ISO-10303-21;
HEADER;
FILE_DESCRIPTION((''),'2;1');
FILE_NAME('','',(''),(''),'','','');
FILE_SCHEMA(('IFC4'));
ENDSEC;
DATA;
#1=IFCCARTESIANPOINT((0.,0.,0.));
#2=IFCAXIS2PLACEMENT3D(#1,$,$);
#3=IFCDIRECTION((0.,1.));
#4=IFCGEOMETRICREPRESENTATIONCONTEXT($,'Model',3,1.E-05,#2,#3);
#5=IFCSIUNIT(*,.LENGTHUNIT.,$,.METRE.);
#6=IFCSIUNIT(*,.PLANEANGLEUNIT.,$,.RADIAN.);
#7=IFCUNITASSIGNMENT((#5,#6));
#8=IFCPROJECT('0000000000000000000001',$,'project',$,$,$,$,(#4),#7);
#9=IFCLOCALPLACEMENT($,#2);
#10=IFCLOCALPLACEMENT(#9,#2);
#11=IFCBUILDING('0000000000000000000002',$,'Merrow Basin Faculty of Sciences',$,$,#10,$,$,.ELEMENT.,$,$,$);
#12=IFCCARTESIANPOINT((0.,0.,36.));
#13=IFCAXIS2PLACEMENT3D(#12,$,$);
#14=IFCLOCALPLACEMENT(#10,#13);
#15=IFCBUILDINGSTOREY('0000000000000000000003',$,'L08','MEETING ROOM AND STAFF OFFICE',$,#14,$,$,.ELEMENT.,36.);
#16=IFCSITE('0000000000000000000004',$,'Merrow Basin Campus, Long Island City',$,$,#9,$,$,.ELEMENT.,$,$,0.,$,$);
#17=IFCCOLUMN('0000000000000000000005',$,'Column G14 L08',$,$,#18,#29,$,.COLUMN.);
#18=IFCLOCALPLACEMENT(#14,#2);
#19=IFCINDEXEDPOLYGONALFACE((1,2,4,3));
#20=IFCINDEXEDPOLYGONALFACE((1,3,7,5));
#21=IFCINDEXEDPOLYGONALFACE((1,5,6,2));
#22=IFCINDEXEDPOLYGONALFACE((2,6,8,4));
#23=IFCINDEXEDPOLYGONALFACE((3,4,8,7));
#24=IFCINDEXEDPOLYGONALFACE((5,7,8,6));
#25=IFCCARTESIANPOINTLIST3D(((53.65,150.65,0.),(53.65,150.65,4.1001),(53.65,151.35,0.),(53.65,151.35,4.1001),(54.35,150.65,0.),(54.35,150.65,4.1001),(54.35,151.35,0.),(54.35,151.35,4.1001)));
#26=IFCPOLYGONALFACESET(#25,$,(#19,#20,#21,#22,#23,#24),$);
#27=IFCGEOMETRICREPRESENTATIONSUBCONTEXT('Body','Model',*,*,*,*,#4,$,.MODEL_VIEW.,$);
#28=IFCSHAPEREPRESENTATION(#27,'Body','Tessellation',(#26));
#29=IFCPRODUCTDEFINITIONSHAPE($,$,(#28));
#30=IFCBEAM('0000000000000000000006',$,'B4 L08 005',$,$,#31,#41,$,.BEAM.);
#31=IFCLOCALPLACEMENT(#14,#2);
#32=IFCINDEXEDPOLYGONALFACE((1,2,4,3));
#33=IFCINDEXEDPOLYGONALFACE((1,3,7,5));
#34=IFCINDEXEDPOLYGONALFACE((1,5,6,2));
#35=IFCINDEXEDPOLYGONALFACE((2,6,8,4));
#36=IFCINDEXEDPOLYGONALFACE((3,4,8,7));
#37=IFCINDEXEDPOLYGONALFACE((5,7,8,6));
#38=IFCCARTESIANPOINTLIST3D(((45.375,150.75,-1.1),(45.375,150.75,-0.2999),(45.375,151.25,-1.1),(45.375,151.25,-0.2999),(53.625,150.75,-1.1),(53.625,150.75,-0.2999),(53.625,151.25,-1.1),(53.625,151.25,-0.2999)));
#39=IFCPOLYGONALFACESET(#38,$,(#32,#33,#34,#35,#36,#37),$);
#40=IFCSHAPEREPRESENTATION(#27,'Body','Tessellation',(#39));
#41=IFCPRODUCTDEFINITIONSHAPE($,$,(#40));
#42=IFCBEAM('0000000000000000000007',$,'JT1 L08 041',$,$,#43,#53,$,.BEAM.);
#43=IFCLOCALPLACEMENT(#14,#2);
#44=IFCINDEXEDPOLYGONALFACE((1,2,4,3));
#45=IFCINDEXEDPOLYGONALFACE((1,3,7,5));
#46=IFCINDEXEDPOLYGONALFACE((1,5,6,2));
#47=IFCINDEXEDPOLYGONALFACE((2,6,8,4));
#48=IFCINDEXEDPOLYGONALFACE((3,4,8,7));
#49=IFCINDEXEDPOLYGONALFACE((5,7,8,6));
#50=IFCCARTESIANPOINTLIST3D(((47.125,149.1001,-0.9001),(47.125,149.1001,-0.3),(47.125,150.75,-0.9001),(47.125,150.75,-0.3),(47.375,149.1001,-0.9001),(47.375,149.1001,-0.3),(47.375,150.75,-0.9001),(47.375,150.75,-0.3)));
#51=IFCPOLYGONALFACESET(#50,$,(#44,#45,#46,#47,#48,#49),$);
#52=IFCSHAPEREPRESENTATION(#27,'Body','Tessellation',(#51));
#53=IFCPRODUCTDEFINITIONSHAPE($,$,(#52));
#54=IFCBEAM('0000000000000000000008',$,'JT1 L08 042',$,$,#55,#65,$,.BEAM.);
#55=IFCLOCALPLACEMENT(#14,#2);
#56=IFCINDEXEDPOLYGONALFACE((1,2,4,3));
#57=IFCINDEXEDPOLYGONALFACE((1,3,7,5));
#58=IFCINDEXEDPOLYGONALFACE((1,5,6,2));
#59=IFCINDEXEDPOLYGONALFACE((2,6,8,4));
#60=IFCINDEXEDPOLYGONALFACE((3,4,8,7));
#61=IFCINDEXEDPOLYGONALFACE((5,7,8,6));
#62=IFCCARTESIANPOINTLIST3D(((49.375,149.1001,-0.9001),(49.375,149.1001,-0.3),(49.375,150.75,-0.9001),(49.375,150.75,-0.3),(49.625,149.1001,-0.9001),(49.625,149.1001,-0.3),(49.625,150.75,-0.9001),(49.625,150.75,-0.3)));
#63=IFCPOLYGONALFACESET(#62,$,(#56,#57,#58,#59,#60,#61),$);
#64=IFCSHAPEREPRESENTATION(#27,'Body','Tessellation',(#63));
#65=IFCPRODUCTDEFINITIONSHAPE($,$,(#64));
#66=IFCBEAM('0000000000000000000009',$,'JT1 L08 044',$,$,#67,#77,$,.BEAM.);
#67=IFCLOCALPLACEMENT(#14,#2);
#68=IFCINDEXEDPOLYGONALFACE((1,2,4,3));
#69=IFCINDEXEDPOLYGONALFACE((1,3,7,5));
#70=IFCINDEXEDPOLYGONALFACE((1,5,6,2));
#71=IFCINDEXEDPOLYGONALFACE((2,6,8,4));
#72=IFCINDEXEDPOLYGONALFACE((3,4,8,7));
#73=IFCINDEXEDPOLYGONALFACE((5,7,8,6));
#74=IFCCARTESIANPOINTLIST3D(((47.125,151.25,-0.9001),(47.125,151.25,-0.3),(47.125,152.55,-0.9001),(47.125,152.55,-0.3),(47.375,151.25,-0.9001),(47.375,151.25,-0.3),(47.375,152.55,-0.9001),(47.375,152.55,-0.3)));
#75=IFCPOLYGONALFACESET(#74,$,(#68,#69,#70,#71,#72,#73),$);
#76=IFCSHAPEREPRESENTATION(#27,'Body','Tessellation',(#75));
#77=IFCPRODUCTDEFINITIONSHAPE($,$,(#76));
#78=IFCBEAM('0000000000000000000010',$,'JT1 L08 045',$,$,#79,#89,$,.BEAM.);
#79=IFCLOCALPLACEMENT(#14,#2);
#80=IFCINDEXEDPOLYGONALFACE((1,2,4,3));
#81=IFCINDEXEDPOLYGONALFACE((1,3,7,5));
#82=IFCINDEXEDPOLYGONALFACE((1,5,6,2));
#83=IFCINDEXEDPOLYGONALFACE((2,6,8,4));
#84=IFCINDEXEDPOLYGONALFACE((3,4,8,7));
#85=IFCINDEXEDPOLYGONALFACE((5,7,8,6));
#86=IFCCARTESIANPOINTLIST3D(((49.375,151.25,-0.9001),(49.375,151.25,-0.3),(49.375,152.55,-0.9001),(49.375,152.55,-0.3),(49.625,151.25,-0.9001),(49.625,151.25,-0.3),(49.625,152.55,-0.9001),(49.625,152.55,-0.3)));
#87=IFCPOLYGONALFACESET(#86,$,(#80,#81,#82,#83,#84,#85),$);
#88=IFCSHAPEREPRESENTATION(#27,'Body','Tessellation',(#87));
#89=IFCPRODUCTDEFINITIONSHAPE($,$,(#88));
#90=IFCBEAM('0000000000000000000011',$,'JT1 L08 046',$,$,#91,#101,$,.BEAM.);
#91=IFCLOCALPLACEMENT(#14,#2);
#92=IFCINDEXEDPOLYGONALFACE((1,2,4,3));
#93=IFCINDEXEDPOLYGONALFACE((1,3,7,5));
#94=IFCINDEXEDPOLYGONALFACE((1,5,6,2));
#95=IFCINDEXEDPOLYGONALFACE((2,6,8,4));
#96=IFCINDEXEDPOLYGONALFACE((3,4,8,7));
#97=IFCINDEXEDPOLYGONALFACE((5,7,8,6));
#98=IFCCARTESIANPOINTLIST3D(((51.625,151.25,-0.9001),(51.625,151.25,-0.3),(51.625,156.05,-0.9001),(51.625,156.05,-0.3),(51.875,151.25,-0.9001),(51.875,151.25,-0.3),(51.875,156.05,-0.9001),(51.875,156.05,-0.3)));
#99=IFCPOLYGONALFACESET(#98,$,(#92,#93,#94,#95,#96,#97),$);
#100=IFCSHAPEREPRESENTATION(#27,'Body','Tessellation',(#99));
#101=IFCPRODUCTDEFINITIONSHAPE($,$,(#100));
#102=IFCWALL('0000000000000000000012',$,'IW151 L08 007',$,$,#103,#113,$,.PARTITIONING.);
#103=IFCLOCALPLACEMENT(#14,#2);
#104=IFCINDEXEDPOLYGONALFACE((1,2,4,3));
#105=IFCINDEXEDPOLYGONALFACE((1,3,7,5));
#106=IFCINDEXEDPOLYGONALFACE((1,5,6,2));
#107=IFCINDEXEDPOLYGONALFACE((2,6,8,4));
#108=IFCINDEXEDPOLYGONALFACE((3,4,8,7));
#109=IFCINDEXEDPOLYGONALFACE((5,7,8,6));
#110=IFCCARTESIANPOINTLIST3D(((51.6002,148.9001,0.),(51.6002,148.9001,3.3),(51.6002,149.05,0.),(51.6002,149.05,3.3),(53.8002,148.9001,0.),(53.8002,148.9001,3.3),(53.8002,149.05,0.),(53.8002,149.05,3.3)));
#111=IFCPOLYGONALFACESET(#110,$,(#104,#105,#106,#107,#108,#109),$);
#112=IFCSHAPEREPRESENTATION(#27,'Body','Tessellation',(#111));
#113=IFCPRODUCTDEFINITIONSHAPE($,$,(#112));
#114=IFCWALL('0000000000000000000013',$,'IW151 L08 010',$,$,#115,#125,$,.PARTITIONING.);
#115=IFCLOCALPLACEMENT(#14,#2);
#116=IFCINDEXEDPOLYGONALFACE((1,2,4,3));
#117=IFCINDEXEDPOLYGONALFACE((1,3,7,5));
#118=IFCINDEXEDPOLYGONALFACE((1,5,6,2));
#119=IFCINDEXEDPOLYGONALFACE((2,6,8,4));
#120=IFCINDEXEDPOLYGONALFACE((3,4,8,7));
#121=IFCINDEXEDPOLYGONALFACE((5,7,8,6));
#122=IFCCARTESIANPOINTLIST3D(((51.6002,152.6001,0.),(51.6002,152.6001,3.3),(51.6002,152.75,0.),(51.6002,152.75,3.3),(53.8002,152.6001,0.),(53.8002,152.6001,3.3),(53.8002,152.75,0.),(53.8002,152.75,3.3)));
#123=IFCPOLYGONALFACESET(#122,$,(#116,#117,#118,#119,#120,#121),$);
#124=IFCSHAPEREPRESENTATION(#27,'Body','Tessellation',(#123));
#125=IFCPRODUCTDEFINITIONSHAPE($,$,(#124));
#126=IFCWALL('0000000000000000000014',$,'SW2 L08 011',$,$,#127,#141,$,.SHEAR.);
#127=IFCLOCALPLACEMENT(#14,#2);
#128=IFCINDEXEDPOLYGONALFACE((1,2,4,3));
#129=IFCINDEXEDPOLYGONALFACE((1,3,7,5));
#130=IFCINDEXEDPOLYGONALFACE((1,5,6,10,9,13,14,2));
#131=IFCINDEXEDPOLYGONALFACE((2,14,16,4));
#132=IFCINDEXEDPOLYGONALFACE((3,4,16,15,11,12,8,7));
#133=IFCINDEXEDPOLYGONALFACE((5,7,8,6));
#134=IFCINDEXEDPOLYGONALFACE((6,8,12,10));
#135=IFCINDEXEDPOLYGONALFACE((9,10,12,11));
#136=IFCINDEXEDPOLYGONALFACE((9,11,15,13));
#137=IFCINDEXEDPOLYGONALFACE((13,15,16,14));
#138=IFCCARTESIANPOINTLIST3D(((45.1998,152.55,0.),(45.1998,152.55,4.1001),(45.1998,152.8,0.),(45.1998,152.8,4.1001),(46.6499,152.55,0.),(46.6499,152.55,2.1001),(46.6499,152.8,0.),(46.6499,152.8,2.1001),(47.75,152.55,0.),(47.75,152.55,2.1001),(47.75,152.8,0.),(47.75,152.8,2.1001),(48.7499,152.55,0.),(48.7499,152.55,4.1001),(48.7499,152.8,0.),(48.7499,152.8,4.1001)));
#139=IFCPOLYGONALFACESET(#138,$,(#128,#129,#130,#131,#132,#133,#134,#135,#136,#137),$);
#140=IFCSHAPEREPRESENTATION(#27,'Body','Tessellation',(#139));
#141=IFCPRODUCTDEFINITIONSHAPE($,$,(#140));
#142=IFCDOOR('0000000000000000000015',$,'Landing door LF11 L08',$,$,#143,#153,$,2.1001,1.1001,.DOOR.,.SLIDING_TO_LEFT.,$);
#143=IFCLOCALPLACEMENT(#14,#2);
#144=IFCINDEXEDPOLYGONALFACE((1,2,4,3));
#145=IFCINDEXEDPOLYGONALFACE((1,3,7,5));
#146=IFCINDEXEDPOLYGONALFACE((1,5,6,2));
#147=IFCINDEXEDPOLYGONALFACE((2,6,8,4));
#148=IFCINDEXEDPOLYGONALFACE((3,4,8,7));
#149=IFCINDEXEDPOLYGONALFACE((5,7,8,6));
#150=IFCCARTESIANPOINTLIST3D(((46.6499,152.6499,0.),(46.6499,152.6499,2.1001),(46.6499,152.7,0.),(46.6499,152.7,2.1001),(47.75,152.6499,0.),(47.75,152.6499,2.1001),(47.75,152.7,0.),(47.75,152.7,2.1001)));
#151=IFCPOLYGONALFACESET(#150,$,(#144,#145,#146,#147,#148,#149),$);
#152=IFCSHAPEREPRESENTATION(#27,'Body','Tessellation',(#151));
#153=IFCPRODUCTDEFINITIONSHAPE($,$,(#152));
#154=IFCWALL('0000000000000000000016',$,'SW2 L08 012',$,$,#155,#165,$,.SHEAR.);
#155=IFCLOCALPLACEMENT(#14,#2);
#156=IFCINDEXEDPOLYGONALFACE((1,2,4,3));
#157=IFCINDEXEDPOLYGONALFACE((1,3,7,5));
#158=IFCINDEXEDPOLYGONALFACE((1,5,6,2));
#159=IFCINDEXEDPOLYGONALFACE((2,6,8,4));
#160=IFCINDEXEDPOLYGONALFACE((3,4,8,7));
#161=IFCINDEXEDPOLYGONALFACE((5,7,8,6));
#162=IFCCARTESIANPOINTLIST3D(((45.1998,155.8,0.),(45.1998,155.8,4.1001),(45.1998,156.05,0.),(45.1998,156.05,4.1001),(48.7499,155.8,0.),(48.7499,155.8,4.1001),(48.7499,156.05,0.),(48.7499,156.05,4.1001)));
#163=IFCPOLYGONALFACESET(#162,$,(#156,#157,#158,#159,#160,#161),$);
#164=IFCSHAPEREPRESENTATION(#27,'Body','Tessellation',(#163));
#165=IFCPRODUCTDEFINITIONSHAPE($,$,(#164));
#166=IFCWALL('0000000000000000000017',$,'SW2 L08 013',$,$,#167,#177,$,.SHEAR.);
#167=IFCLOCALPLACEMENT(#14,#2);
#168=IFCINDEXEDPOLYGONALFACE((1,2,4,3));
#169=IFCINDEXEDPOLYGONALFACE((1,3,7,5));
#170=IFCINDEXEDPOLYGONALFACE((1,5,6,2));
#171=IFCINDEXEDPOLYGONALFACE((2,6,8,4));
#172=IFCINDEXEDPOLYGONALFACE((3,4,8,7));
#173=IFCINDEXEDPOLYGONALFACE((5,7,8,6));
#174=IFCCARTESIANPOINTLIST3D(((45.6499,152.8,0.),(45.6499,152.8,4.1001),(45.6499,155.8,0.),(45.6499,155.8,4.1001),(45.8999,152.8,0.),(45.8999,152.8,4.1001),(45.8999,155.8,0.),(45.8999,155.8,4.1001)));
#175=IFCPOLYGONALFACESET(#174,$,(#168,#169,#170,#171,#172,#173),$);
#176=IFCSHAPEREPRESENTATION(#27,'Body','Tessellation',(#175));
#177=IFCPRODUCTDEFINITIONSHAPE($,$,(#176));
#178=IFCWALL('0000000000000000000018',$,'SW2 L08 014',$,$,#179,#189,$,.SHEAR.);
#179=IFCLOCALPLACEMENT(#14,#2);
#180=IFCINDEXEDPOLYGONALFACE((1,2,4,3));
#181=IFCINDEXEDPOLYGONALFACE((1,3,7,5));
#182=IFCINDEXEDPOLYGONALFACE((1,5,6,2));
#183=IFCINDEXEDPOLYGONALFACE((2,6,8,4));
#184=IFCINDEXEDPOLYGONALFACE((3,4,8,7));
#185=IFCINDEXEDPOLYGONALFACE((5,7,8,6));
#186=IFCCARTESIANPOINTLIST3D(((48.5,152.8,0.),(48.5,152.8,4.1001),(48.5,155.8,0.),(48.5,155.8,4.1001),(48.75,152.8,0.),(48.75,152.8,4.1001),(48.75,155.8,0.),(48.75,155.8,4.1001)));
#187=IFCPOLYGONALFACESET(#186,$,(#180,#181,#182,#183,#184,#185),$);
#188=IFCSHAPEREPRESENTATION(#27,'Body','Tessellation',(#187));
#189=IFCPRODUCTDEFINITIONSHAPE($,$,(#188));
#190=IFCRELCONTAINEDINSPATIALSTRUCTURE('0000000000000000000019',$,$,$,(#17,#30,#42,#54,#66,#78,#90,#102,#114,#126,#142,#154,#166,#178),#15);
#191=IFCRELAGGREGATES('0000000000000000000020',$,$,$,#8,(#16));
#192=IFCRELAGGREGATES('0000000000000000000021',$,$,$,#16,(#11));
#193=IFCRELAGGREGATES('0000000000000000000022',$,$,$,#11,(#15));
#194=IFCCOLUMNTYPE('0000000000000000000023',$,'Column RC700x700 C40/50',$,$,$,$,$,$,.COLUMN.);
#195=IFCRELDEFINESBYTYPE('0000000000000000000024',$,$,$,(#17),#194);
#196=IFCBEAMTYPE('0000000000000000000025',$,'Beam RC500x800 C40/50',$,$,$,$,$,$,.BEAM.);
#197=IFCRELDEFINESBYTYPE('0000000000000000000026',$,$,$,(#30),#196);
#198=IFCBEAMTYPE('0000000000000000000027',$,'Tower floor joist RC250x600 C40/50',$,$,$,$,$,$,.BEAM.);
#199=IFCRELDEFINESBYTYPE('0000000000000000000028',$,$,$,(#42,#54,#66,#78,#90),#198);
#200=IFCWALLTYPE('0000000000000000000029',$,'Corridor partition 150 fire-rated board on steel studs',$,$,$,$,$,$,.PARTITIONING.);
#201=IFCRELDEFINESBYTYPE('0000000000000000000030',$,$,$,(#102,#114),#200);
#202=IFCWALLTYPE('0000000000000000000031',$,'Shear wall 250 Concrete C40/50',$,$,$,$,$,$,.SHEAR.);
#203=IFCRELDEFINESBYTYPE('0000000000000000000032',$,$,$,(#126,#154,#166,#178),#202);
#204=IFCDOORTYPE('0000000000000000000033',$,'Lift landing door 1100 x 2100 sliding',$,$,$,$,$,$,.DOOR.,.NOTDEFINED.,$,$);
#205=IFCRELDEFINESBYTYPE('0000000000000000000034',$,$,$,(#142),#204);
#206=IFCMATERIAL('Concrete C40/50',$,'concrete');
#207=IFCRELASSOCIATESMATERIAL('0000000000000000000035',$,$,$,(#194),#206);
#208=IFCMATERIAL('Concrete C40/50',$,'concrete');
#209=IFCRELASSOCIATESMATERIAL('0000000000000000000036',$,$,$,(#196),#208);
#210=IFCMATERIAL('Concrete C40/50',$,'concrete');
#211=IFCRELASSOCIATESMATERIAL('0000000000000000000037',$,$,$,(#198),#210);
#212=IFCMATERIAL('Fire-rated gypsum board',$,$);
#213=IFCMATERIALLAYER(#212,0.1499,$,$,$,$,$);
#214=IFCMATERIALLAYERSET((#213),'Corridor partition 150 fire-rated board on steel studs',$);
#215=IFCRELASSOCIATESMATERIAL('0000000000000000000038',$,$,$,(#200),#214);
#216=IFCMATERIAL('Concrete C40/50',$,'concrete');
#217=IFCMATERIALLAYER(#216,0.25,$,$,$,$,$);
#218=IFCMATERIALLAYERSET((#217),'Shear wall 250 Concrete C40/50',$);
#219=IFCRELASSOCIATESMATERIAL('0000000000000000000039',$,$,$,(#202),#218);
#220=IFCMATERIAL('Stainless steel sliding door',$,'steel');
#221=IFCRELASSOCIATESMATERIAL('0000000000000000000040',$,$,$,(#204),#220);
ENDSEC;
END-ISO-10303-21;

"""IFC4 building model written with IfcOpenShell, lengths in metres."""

from ifc_helpers import new_model, si_unit, direction, frame, frame_2d, origin, origin_2d, place, context, subcontext, project, spatial, rectangle, extrude, material, layer, layer_set, material_profile, profile_set, type_object, element, fill, save


model = new_model("IFC4")

# Units and contexts
model_context = context("Model", 3, precision=1e-05, world=origin(), true_north=direction((0.0, 1.0)))
body_context = subcontext(model_context, "Body", "Model", "MODEL_VIEW")
ifc_project = project(units=[si_unit("LENGTHUNIT", "METRE"), si_unit("PLANEANGLEUNIT", "RADIAN")], contexts=[model_context])

# Site, building, storey
site_placement = place(None, origin())
site = spatial("IfcSite", under=ifc_project, at=site_placement, Name="Merrow Basin Campus, Long Island City", CompositionType="ELEMENT", RefElevation=0.0)
building_placement = place(site_placement, origin())
building = spatial("IfcBuilding", under=site, at=building_placement, Name="Merrow Basin Faculty of Sciences", CompositionType="ELEMENT")
storey_placement = place(building_placement, frame((0.0, 0.0, 36.0)))
storey = spatial("IfcBuildingStorey", under=building, at=storey_placement, Name="L08", Description="MEETING ROOM AND STAFF OFFICE", CompositionType="ELEMENT", Elevation=36.0)

# Column
ifc_material_1 = material(Name="Concrete C40/50", Category="concrete")
ifc_material_profile_1 = material_profile(ifc_material_1, rectangle(XDim=0.7, YDim=0.7, at=origin_2d()))
ifc_profile_set_1 = profile_set([ifc_material_profile_1], Name="Concrete C40/50")
column_type = type_object("IfcColumnType", Name="Column RC700x700 C40/50", PredefinedType="COLUMN", material=ifc_profile_set_1)
column_placement = place(storey_placement, frame((54.0, 151.0, 0.0), z_axis=(0.0, 0.0, 1.0), x_axis=(1.0, 0.0, 0.0)))
element("IfcColumn", 1, at=column_placement, inside=storey, type_object=column_type, Name="Column G14 L08", PredefinedType="COLUMN", context=body_context, shape_type="SweptSolid", body=[
    extrude(rectangle(XDim=0.7, YDim=0.7, at=origin_2d()), origin(), (0.0, 0.0, 1.0), 4.1001),
])

# Beams
ifc_material_2 = material(Name="Concrete C40/50", Category="concrete")
ifc_material_profile_2 = material_profile(ifc_material_2, rectangle(XDim=0.5, YDim=0.8, at=origin_2d()))
ifc_profile_set_2 = profile_set([ifc_material_profile_2], Name="Concrete C40/50")
beam_type_1 = type_object("IfcBeamType", Name="Beam RC500x800 C40/50", PredefinedType="BEAM", material=ifc_profile_set_2)
beam_1_placement = place(storey_placement, frame((45.375, 151.0, -0.7), z_axis=(1.0, 0.0, 0.0), x_axis=(0.0, 1.0, 0.0)))
element("IfcBeam", 2, at=beam_1_placement, inside=storey, type_object=beam_type_1, Name="B4 L08 005", PredefinedType="BEAM", context=body_context, shape_type="SweptSolid", body=[
    extrude(rectangle(XDim=0.5, YDim=0.8, at=origin_2d()), origin(), (0.0, 0.0, 1.0), 8.25),
])
ifc_material_3 = material(Name="Concrete C40/50", Category="concrete")
ifc_material_profile_3 = material_profile(ifc_material_3, rectangle(XDim=0.25, YDim=0.6001, at=origin_2d()))
ifc_profile_set_3 = profile_set([ifc_material_profile_3], Name="Concrete C40/50")
beam_type_2 = type_object("IfcBeamType", Name="Tower floor joist RC250x600 C40/50", PredefinedType="BEAM", material=ifc_profile_set_3)
for number, where, z_axis, x_axis, name in (
    (3, (47.25, 149.1001, -0.6001), (0.0, 1.0, 0.0), (-1.0, 0.0, 0.0), "JT1 L08 041"),
    (4, (49.5, 149.1001, -0.6001), (0.0, 1.0, 0.0), (-1.0, 0.0, 0.0), "JT1 L08 042"),
):
    element("IfcBeam", number, at=place(storey_placement, frame(where, z_axis=z_axis, x_axis=x_axis)), inside=storey, type_object=beam_type_2, Name=name, PredefinedType="BEAM", context=body_context, shape_type="SweptSolid", body=[
        extrude(rectangle(XDim=0.25, YDim=0.6001, at=origin_2d()), origin(), (0.0, 0.0, 1.0), 1.6499),
    ])
for number, where, z_axis, x_axis, name in (
    (5, (47.25, 151.25, -0.6001), (0.0, 1.0, 0.0), (-1.0, 0.0, 0.0), "JT1 L08 044"),
    (6, (49.5, 151.25, -0.6001), (0.0, 1.0, 0.0), (-1.0, 0.0, 0.0), "JT1 L08 045"),
):
    element("IfcBeam", number, at=place(storey_placement, frame(where, z_axis=z_axis, x_axis=x_axis)), inside=storey, type_object=beam_type_2, Name=name, PredefinedType="BEAM", context=body_context, shape_type="SweptSolid", body=[
        extrude(rectangle(XDim=0.25, YDim=0.6001, at=origin_2d()), origin(), (0.0, 0.0, 1.0), 1.3),
    ])
beam_2_placement = place(storey_placement, frame((51.75, 151.25, -0.6001), z_axis=(0.0, 1.0, 0.0), x_axis=(-1.0, 0.0, 0.0)))
element("IfcBeam", 7, at=beam_2_placement, inside=storey, type_object=beam_type_2, Name="JT1 L08 046", PredefinedType="BEAM", context=body_context, shape_type="SweptSolid", body=[
    extrude(rectangle(XDim=0.25, YDim=0.6001, at=origin_2d()), origin(), (0.0, 0.0, 1.0), 4.8),
])

# Walls
ifc_material_4 = material(Name="Fire-rated gypsum board")
ifc_layer_1 = layer(ifc_material_4, 0.1499)
ifc_layer_set_1 = layer_set([ifc_layer_1], Name="Corridor partition 150 fire-rated board on steel studs")
wall_type_1 = type_object("IfcWallType", Name="Corridor partition 150 fire-rated board on steel studs", PredefinedType="PARTITIONING", material=ifc_layer_set_1)
for number, where, z_axis, x_axis, name in (
    (8, (51.6001, 148.9751, 0.0), (0.0, 0.0, 1.0), (1.0, 0.0, 0.0), "IW151 L08 007"),
    (9, (51.6001, 152.675, 0.0), (0.0, 0.0, 1.0), (1.0, 0.0, 0.0), "IW151 L08 010"),
):
    element("IfcWall", number, at=place(storey_placement, frame(where, z_axis=z_axis, x_axis=x_axis)), inside=storey, type_object=wall_type_1, Name=name, PredefinedType="PARTITIONING", context=body_context, shape_type="SweptSolid", body=[
        extrude(rectangle(XDim=2.2, YDim=0.1499, at=frame_2d((1.1001, 0.0))), origin(), (0.0, 0.0, 1.0), 3.3),
    ])

# Wall, opening, door
ifc_material_5 = material(Name="Concrete C40/50", Category="concrete")
ifc_layer_2 = layer(ifc_material_5, 0.25)
ifc_layer_set_2 = layer_set([ifc_layer_2], Name="Shear wall 250 Concrete C40/50")
wall_type_2 = type_object("IfcWallType", Name="Shear wall 250 Concrete C40/50", PredefinedType="SHEAR", material=ifc_layer_set_2)
wall_1_placement = place(storey_placement, frame((45.2, 152.675, 0.0), z_axis=(0.0, 0.0, 1.0), x_axis=(1.0, 0.0, 0.0)))
wall_1 = element("IfcWall", 10, at=wall_1_placement, inside=storey, type_object=wall_type_2, Name="SW2 L08 011", PredefinedType="SHEAR", context=body_context, shape_type="SweptSolid", body=[
    extrude(rectangle(XDim=3.55, YDim=0.25, at=frame_2d((1.7749, 0.0))), origin(), (0.0, 0.0, 1.0), 4.1001),
])
opening_1_placement = place(wall_1_placement, frame((1.45, 0.0, 0.0)))
opening_1 = element("IfcOpeningElement", 11, at=opening_1_placement, cuts=wall_1, PredefinedType="OPENING", context=body_context, shape_type="SweptSolid", body=[
    extrude(rectangle(XDim=1.1001, YDim=2.1001, at=frame_2d((0.55, 1.05))), frame((0.0, 0.135, 0.0), z_axis=(0.0, -1.0, 0.0), x_axis=(1.0, 0.0, 0.0)), (0.0, 0.0, 1.0), 0.27),
])
ifc_material_6 = material(Name="Stainless steel sliding door", Category="steel")
door_type_1 = type_object("IfcDoorType", Name="Lift landing door 1100 x 2100 sliding", OperationType="NOTDEFINED", PredefinedType="DOOR", material=ifc_material_6)
door_1_placement = place(opening_1_placement, origin())
door_1 = element("IfcDoor", 12, at=door_1_placement, inside=storey, type_object=door_type_1, Name="Landing door LF11 L08", OperationType="SLIDING_TO_LEFT", OverallHeight=2.1001, OverallWidth=1.1001, PredefinedType="DOOR", context=body_context, shape_type="SweptSolid", body=[
    extrude(rectangle(XDim=1.1001, YDim=2.1001, at=frame_2d((0.55, 1.05))), frame((0.0, 0.0249, 0.0), z_axis=(0.0, -1.0, 0.0), x_axis=(1.0, 0.0, 0.0)), (0.0, 0.0, 1.0), 0.05),
])
fill(opening_1, door_1)

# Walls
wall_2_placement = place(storey_placement, frame((45.2, 155.925, 0.0), z_axis=(0.0, 0.0, 1.0), x_axis=(1.0, 0.0, 0.0)))
element("IfcWall", 13, at=wall_2_placement, inside=storey, type_object=wall_type_2, Name="SW2 L08 012", PredefinedType="SHEAR", context=body_context, shape_type="SweptSolid", body=[
    extrude(rectangle(XDim=3.55, YDim=0.25, at=frame_2d((1.7749, 0.0))), origin(), (0.0, 0.0, 1.0), 4.1001),
])
for number, where, z_axis, x_axis, name in (
    (14, (45.7749, 152.8, 0.0), (0.0, 0.0, 1.0), (0.0, 1.0, 0.0), "SW2 L08 013"),
    (15, (48.625, 152.8, 0.0), (0.0, 0.0, 1.0), (0.0, 1.0, 0.0), "SW2 L08 014"),
):
    element("IfcWall", number, at=place(storey_placement, frame(where, z_axis=z_axis, x_axis=x_axis)), inside=storey, type_object=wall_type_2, Name=name, PredefinedType="SHEAR", context=body_context, shape_type="SweptSolid", body=[
        extrude(rectangle(XDim=3.0, YDim=0.25, at=frame_2d((1.5, 0.0))), origin(), (0.0, 0.0, 1.0), 4.1001),
    ])

save(model, "model.ifc")
